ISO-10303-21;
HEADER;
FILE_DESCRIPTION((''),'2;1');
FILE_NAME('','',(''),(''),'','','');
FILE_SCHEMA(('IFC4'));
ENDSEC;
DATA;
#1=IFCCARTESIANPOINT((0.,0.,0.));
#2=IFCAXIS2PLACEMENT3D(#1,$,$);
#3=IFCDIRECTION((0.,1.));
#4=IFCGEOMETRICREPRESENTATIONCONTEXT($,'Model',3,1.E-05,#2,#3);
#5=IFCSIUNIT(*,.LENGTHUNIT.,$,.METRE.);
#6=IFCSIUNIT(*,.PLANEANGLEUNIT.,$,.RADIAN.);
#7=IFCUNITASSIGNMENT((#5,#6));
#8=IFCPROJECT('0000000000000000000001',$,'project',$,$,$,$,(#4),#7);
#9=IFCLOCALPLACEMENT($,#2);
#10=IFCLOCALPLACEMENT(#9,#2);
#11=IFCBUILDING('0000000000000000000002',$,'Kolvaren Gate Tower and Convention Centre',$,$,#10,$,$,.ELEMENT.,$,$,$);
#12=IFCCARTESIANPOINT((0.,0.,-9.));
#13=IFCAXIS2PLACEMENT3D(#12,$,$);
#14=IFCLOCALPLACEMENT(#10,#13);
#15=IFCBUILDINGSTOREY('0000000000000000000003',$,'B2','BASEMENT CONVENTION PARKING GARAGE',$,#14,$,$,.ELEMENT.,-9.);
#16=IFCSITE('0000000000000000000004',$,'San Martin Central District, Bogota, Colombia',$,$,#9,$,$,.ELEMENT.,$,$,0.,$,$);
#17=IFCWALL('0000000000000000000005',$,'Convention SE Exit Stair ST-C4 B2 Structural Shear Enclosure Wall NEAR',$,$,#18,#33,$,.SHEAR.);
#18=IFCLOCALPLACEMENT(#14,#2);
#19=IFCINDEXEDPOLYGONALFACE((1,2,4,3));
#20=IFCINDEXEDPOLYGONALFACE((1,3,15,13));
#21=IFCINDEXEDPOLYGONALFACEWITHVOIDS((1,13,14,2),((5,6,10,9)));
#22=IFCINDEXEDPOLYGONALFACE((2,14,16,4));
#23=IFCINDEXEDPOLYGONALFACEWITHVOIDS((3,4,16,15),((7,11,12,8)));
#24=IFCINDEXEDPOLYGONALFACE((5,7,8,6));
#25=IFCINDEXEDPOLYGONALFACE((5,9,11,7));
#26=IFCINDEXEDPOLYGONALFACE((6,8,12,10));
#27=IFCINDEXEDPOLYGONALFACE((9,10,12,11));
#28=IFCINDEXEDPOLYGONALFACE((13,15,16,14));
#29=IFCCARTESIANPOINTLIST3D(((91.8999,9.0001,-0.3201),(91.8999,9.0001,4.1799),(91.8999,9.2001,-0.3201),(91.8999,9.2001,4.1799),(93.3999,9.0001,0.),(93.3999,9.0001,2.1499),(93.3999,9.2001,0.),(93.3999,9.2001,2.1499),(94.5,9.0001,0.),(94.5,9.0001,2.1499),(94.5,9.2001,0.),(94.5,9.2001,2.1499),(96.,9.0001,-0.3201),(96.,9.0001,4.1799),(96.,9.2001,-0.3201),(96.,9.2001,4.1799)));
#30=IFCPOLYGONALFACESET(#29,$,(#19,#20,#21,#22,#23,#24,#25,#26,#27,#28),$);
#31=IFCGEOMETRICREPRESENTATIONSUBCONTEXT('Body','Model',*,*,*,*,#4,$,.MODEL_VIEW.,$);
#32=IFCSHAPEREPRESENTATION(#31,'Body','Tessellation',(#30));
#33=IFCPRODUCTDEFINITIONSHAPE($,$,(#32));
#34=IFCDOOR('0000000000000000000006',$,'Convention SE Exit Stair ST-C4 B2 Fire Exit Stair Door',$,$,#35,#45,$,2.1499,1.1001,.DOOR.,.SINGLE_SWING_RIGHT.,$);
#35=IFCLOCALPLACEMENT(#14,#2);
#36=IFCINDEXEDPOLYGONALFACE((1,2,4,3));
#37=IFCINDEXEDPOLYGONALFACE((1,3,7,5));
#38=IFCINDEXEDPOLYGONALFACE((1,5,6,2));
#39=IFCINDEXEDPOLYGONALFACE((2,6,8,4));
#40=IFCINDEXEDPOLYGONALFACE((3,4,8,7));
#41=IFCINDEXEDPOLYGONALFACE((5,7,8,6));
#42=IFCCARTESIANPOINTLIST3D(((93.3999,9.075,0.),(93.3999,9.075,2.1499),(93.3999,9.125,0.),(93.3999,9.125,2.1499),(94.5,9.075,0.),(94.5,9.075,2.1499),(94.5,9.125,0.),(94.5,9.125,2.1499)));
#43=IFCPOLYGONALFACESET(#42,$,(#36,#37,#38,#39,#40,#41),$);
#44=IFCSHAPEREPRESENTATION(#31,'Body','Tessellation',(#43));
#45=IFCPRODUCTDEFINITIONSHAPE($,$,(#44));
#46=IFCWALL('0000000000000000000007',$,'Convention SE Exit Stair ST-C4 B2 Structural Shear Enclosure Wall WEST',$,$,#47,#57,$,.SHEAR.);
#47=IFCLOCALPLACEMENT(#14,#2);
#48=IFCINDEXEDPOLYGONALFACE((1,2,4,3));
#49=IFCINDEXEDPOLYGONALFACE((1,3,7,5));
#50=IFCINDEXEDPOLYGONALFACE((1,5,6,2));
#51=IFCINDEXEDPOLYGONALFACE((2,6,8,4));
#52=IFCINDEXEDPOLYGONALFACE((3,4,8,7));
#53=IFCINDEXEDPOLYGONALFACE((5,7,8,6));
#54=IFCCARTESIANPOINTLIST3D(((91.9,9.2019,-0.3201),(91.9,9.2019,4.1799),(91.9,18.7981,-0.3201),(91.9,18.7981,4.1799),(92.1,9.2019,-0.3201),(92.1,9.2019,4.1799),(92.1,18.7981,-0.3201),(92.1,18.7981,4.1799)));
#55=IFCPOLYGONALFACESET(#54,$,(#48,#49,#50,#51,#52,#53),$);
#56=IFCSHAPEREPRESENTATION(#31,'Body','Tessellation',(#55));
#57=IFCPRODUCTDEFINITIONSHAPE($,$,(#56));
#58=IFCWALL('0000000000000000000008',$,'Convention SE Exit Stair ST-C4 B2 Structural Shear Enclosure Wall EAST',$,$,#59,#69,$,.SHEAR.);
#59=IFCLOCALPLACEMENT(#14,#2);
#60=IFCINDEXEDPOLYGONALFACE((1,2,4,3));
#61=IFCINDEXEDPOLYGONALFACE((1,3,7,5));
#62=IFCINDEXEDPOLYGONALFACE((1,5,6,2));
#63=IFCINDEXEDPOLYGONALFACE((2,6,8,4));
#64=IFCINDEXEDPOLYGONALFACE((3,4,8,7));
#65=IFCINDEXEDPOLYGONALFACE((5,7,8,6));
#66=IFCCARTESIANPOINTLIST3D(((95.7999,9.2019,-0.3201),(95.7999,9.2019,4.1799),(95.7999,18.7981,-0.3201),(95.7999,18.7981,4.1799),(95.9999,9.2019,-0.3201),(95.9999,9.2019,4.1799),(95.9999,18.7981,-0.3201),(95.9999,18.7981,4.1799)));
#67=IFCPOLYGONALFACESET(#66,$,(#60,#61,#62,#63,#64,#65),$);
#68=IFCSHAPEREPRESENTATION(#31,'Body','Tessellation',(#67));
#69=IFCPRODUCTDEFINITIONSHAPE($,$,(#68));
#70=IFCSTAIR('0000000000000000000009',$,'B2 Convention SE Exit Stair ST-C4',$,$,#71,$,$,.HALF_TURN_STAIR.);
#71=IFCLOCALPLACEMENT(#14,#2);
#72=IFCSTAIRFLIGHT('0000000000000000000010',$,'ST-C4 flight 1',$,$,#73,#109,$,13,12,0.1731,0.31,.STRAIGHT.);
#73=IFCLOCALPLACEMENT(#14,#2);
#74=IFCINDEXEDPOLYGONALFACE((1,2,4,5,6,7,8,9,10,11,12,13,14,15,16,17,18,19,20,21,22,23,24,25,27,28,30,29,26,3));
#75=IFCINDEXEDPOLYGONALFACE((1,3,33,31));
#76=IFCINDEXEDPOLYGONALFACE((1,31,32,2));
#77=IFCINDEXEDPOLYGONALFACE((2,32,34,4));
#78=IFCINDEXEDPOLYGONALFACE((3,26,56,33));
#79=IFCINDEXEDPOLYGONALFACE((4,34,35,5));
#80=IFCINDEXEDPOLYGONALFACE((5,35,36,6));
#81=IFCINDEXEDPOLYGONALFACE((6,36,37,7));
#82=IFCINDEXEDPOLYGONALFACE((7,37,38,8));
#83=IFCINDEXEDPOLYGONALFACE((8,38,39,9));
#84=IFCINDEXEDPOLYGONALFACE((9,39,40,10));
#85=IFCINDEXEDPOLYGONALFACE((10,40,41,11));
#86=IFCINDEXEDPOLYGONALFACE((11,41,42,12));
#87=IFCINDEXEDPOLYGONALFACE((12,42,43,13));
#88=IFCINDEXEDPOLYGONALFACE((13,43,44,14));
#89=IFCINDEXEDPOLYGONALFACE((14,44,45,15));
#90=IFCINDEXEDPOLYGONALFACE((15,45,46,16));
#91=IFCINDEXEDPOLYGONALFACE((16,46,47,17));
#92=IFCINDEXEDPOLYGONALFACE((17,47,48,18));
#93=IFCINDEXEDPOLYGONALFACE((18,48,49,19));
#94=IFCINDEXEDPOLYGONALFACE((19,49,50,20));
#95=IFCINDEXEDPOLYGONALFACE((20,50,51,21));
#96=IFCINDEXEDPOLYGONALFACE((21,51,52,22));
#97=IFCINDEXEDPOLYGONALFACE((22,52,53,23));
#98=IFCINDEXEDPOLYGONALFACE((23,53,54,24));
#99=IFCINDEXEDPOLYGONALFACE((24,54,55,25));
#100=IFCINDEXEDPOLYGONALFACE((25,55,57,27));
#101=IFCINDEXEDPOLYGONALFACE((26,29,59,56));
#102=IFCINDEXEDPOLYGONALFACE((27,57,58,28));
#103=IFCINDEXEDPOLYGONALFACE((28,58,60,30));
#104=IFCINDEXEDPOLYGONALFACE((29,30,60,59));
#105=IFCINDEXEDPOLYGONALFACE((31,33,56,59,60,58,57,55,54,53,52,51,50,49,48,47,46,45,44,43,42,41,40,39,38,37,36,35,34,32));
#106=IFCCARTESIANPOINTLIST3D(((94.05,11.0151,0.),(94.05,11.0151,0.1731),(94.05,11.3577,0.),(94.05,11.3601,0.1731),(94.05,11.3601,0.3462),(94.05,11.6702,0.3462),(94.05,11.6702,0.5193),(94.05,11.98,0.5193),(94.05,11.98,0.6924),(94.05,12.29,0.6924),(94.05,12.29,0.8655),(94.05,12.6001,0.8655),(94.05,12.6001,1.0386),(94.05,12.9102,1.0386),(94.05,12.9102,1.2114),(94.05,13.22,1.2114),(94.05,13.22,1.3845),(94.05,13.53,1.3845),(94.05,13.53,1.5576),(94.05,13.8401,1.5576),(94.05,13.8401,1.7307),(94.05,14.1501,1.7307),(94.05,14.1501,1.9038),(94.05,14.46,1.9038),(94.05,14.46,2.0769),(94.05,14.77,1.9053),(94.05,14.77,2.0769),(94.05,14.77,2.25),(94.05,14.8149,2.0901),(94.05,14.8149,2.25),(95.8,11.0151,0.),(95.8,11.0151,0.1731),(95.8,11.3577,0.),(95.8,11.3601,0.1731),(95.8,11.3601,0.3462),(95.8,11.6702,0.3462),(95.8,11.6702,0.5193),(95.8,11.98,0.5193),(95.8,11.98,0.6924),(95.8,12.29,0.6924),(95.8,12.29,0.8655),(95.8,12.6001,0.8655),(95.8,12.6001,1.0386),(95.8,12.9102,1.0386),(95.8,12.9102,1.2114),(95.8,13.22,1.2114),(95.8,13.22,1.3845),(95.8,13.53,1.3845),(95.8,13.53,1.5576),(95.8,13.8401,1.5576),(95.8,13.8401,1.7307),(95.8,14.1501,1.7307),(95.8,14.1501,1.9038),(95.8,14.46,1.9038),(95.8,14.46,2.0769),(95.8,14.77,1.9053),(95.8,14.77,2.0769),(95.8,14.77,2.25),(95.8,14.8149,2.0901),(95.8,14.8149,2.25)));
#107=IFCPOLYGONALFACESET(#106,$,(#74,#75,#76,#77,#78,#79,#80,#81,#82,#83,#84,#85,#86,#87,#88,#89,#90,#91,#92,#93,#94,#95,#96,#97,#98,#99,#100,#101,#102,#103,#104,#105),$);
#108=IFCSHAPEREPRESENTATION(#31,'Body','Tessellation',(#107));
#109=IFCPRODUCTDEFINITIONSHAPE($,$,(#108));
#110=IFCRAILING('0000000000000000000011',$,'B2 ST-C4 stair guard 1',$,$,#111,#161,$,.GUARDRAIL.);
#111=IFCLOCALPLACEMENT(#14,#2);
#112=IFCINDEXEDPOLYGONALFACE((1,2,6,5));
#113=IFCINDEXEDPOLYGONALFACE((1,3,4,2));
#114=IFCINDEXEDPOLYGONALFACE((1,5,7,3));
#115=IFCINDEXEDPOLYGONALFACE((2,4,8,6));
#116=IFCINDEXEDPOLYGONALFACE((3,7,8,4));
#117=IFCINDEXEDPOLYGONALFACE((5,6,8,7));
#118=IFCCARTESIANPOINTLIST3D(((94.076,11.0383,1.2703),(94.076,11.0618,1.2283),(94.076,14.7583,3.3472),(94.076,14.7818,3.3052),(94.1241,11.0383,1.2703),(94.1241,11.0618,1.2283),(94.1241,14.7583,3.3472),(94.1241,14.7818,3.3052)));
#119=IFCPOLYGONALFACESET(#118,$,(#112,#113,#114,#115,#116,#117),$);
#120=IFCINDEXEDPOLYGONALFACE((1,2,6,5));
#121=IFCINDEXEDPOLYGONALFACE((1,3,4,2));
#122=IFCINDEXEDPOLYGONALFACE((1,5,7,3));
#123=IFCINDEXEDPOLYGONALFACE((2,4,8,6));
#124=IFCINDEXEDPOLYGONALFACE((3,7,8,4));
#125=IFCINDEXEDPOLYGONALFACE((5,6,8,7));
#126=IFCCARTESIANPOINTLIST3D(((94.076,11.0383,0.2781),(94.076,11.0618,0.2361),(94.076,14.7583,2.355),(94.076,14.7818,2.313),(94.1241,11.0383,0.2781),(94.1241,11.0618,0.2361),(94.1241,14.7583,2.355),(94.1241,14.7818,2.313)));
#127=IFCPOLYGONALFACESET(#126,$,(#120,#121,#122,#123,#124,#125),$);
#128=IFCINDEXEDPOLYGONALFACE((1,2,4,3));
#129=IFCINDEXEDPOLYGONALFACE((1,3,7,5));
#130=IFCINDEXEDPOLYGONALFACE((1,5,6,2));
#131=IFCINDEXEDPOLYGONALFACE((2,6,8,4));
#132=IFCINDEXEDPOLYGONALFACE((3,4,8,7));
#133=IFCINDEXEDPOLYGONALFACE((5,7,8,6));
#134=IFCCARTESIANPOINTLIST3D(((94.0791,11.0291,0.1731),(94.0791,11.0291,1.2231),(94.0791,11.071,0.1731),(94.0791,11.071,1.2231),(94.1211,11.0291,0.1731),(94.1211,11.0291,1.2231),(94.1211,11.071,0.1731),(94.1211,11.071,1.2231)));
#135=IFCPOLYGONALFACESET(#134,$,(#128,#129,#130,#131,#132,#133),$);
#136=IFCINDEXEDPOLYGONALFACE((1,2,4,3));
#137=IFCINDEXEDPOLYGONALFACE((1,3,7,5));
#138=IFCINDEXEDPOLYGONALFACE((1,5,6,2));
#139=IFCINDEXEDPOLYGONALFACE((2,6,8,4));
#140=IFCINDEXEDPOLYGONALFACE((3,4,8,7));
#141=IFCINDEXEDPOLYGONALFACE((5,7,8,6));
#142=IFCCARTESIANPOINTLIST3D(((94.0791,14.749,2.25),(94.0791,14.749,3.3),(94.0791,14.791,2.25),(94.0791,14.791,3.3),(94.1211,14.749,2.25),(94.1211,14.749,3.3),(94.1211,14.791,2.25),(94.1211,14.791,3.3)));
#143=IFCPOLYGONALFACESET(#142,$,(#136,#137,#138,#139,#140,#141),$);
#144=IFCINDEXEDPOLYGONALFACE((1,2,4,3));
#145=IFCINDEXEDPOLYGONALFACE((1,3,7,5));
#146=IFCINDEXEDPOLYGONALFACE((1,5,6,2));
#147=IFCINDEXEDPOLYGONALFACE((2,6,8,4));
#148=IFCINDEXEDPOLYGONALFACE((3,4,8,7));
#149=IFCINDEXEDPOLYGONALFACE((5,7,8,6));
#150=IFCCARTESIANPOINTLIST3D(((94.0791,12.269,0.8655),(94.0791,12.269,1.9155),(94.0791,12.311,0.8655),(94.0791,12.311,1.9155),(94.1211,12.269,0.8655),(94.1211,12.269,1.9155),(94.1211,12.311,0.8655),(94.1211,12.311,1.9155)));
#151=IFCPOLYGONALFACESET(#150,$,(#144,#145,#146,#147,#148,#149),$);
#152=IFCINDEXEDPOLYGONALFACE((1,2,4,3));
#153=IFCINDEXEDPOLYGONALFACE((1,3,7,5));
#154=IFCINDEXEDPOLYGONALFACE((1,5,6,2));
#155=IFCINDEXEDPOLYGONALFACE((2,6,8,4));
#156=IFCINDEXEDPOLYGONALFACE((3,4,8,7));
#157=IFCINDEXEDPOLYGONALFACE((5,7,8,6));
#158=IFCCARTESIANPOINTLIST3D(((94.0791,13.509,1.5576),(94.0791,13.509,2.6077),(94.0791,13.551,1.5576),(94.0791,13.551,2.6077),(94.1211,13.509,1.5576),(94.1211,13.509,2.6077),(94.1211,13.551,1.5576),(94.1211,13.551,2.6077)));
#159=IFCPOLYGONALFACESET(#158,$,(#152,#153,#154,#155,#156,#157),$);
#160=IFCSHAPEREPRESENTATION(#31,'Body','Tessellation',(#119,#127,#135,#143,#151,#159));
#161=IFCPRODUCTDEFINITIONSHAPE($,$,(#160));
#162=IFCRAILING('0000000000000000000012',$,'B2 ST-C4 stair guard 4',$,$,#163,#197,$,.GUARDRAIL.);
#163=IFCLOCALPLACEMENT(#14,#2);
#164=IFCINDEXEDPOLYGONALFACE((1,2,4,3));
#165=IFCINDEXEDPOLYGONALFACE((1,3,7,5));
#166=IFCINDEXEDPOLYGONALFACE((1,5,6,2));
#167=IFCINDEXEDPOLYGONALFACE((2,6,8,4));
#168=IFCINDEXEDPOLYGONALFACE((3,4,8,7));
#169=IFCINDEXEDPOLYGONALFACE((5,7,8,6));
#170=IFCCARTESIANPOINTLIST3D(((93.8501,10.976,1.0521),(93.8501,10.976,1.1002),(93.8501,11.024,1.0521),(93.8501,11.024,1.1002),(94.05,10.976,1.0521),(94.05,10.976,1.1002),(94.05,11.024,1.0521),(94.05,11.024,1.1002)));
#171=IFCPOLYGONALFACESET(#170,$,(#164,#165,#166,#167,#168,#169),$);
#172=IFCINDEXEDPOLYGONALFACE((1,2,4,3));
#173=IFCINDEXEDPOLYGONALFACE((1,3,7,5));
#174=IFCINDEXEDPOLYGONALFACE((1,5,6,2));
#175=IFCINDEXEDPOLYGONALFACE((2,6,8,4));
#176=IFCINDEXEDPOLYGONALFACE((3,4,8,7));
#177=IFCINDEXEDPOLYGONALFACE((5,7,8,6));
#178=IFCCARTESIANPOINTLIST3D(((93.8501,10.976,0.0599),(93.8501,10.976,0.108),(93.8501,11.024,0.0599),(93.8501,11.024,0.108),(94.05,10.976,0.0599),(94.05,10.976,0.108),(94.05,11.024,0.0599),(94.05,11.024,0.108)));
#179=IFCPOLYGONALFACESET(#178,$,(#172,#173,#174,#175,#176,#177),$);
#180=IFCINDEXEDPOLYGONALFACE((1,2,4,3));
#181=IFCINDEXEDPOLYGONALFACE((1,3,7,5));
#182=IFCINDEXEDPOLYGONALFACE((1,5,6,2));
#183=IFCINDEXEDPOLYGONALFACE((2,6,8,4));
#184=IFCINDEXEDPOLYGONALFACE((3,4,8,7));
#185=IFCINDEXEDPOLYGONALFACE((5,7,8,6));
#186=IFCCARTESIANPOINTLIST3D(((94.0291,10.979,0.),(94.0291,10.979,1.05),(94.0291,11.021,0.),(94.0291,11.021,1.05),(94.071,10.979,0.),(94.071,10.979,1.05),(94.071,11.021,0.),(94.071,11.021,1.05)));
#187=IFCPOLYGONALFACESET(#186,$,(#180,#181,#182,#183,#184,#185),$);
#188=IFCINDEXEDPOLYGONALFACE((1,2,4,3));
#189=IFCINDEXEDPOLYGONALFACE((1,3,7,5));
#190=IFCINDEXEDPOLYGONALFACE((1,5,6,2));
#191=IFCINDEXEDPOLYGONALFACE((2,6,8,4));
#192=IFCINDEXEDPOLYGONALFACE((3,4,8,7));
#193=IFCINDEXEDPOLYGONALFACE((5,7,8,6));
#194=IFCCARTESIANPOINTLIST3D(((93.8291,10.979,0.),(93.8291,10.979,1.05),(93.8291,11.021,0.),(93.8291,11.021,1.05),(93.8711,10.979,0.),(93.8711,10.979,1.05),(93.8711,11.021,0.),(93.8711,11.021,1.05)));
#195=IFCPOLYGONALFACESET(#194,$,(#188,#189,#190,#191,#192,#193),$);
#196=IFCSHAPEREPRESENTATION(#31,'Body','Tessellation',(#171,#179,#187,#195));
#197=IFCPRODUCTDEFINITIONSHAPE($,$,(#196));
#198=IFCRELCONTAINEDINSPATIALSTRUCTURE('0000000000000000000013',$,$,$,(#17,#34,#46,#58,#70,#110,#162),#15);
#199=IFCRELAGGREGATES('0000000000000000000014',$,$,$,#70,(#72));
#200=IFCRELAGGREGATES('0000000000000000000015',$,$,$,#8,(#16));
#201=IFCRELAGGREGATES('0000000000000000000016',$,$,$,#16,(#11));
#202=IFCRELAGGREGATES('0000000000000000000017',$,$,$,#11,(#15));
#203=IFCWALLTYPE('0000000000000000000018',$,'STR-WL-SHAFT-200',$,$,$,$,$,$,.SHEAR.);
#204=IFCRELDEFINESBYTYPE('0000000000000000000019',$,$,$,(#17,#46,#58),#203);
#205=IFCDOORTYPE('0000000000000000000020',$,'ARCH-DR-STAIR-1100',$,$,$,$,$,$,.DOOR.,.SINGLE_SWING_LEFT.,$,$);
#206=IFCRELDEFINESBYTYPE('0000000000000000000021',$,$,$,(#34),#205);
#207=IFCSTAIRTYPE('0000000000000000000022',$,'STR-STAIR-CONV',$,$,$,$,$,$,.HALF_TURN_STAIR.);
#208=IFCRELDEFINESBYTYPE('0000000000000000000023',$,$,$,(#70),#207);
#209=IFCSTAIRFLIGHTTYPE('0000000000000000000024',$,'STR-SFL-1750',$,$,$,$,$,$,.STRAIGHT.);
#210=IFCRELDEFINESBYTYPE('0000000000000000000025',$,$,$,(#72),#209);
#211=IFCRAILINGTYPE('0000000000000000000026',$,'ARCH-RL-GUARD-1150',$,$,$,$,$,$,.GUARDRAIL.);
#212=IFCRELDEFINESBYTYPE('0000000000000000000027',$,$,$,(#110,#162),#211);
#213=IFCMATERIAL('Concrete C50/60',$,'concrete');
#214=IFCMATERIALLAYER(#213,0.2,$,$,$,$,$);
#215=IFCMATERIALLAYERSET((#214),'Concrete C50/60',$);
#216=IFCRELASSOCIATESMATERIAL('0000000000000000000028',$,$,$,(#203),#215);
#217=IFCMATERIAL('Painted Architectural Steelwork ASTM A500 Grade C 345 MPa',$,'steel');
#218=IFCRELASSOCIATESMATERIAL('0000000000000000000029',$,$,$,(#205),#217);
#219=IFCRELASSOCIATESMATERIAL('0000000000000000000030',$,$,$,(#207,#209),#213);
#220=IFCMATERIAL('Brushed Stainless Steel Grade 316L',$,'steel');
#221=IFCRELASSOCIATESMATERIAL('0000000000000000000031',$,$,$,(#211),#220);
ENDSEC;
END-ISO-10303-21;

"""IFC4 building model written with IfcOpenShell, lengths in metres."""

from ifc_helpers import new_model, si_unit, direction, frame, frame_2d, origin, origin_2d, place, context, subcontext, project, spatial, polyline, rectangle, outline, extrude, material, layer, layer_set, type_object, element, fill, aggregate, save


model = new_model("IFC4")

# Units and contexts
model_context = context("Model", 3, precision=1e-05, world=origin(), true_north=direction((0.0, 1.0)))
body_context = subcontext(model_context, "Body", "Model", "MODEL_VIEW")
ifc_project = project(units=[si_unit("LENGTHUNIT", "METRE"), si_unit("PLANEANGLEUNIT", "RADIAN")], contexts=[model_context])

# Site, building, storey
site_placement = place(None, origin())
site = spatial("IfcSite", under=ifc_project, at=site_placement, Name="San Martin Central District, Bogota, Colombia", CompositionType="ELEMENT", RefElevation=0.0)
building_placement = place(site_placement, origin())
building = spatial("IfcBuilding", under=site, at=building_placement, Name="Kolvaren Gate Tower and Convention Centre", CompositionType="ELEMENT")
storey_placement = place(building_placement, frame((0.0, 0.0, -9.0)))
storey = spatial("IfcBuildingStorey", under=building, at=storey_placement, Name="B2", Description="BASEMENT CONVENTION PARKING GARAGE", CompositionType="ELEMENT", Elevation=-9.0)

# Shared definitions
ifc_material_1 = material(Name="Concrete C50/60", Category="concrete")

# Wall, opening, door
ifc_layer_1 = layer(ifc_material_1, 0.2)
ifc_layer_set_1 = layer_set([ifc_layer_1], Name="Concrete C50/60")
wall_type_1 = type_object("IfcWallType", Name="STR-WL-SHAFT-200", PredefinedType="SHEAR", material=ifc_layer_set_1)
wall_1_placement = place(storey_placement, frame((91.8999, 9.1001, -0.3201), z_axis=(0.0, 0.0, 1.0), x_axis=(1.0, 0.0, 0.0)))
wall_1 = element("IfcWall", 1, at=wall_1_placement, inside=storey, type_object=wall_type_1, Name="Convention SE Exit Stair ST-C4 B2 Structural Shear Enclosure Wall NEAR", PredefinedType="SHEAR", context=body_context, shape_type="SweptSolid", body=[
    extrude(rectangle(XDim=4.1001, YDim=0.2, at=frame_2d((2.05, 0.0))), origin(), (0.0, 0.0, 1.0), 4.5),
])
opening_placement = place(wall_1_placement, frame((1.5, 0.0, 0.3201)))
opening = element("IfcOpeningElement", 2, at=opening_placement, cuts=wall_1, PredefinedType="OPENING", context=body_context, shape_type="SweptSolid", body=[
    extrude(rectangle(XDim=1.1001, YDim=2.1499, at=frame_2d((0.55, 1.075))), frame((0.0, 0.1099, 0.0), z_axis=(0.0, -1.0, 0.0), x_axis=(1.0, 0.0, 0.0)), (0.0, 0.0, 1.0), 0.22),
])
ifc_material_2 = material(Name="Painted Architectural Steelwork ASTM A500 Grade C 345 MPa", Category="steel")
door_type = type_object("IfcDoorType", Name="ARCH-DR-STAIR-1100", OperationType="SINGLE_SWING_LEFT", PredefinedType="DOOR", material=ifc_material_2)
door_placement = place(opening_placement, origin())
door = element("IfcDoor", 3, at=door_placement, inside=storey, type_object=door_type, Name="Convention SE Exit Stair ST-C4 B2 Fire Exit Stair Door", OperationType="SINGLE_SWING_RIGHT", OverallHeight=2.1499, OverallWidth=1.1001, PredefinedType="DOOR", context=body_context, shape_type="SweptSolid", body=[
    extrude(rectangle(XDim=1.1001, YDim=2.1499, at=frame_2d((0.55, 1.075))), frame((0.0, 0.0249, 0.0), z_axis=(0.0, -1.0, 0.0), x_axis=(1.0, 0.0, 0.0)), (0.0, 0.0, 1.0), 0.05),
])
fill(opening, door)

# Walls
for number, where, z_axis, x_axis, name in (
    (4, (92.0, 9.2019, -0.3201), (0.0, 0.0, 1.0), (0.0, 1.0, 0.0), "Convention SE Exit Stair ST-C4 B2 Structural Shear Enclosure Wall WEST"),
    (5, (95.8999, 9.2019, -0.3201), (0.0, 0.0, 1.0), (0.0, 1.0, 0.0), "Convention SE Exit Stair ST-C4 B2 Structural Shear Enclosure Wall EAST"),
):
    element("IfcWall", number, at=place(storey_placement, frame(where, z_axis=z_axis, x_axis=x_axis)), inside=storey, type_object=wall_type_1, Name=name, PredefinedType="SHEAR", context=body_context, shape_type="SweptSolid", body=[
        extrude(rectangle(XDim=9.5962, YDim=0.2, at=frame_2d((4.7981, 0.0))), origin(), (0.0, 0.0, 1.0), 4.5),
    ])

# Stair, stair flight
stair_type = type_object("IfcStairType", Name="STR-STAIR-CONV", PredefinedType="HALF_TURN_STAIR", material=ifc_material_1)
stair_placement = place(storey_placement, origin())
stair = element("IfcStair", 6, at=stair_placement, inside=storey, type_object=stair_type, Name="B2 Convention SE Exit Stair ST-C4", PredefinedType="HALF_TURN_STAIR")
stair_flight_type = type_object("IfcStairFlightType", Name="STR-SFL-1750", PredefinedType="STRAIGHT", material=ifc_material_1)
stair_flight_placement = place(storey_placement, frame((94.925, 11.05, 0.0), z_axis=(0.0, 0.0, 1.0), x_axis=(0.0, 1.0, 0.0)))
stair_flight = element("IfcStairFlight", 7, at=stair_flight_placement, type_object=stair_flight_type, Name="ST-C4 flight 1", NumberOfRisers=13, NumberOfTreads=12, PredefinedType="STRAIGHT", RiserHeight=0.1731, TreadLength=0.31, context=body_context, shape_type="SweptSolid", body=[
    extrude(outline(polyline([(-0.0349, 0.0), (-0.0349, 0.1731), (0.3101, 0.1731), (0.3101, 0.3462), (0.6201, 0.3462), (0.6201, 0.5193), (0.9299, 0.5193), (0.9299, 0.6924), (1.24, 0.6924), (1.24, 0.8655), (1.55, 0.8655), (1.55, 1.0386), (1.8601, 1.0386), (1.8601, 1.2114), (2.1699, 1.2114), (2.1699, 1.3845), (2.48, 1.3845), (2.48, 1.5576), (2.79, 1.5576), (2.79, 1.7307), (3.1001, 1.7307), (3.1001, 1.9038), (3.4099, 1.9038), (3.4099, 2.0769), (3.72, 2.0769), (3.72, 2.25), (3.7649, 2.25), (3.7649, 2.0901), (3.72, 1.9053), (0.3076, 0.0), (-0.0349, 0.0)])), frame((0.0, 0.875, 0.0), z_axis=(0.0, -1.0, 0.0), x_axis=(1.0, 0.0, 0.0)), (0.0, 0.0, 1.0), 1.75),
])
aggregate(stair, [stair_flight])

# Railings
ifc_material_3 = material(Name="Brushed Stainless Steel Grade 316L", Category="steel")
railing_type_1 = type_object("IfcRailingType", Name="ARCH-RL-GUARD-1150", PredefinedType="GUARDRAIL", material=ifc_material_3)
railing_1_placement = place(storey_placement, frame((94.1001, 11.05, 0.1731)))
element("IfcRailing", 8, at=railing_1_placement, inside=storey, type_object=railing_type_1, Name="B2 ST-C4 stair guard 1", PredefinedType="GUARDRAIL", context=body_context, shape_type="SweptSolid", body=[
    extrude(rectangle(XDim=0.0481, YDim=0.0481, at=origin_2d()), frame((0.0, 0.0, 1.0762), z_axis=(0.0, 0.873134, 0.487481), x_axis=(-1.0, 0.0, 0.0)), (0.0, 0.0, 1.0), 4.2605),
    extrude(rectangle(XDim=0.0481, YDim=0.0481, at=origin_2d()), frame((0.0, 0.0, 0.084), z_axis=(0.0, 0.873134, 0.487481), x_axis=(-1.0, 0.0, 0.0)), (0.0, 0.0, 1.0), 4.2605),
    extrude(rectangle(XDim=0.042, YDim=0.042, at=origin_2d()), origin(), (0.0, 0.0, 1.0), 1.05),
    extrude(rectangle(XDim=0.042, YDim=0.042, at=origin_2d()), frame((0.0, 3.72, 2.0769)), (0.0, 0.0, 1.0), 1.05),
    extrude(rectangle(XDim=0.042, YDim=0.042, at=origin_2d()), frame((0.0, 1.24, 0.6924)), (0.0, 0.0, 1.0), 1.05),
    extrude(rectangle(XDim=0.042, YDim=0.042, at=origin_2d()), frame((0.0, 2.48, 1.3845)), (0.0, 0.0, 1.0), 1.05),
])
railing_2_placement = place(storey_placement, frame((94.05, 11.0, 0.0)))
element("IfcRailing", 9, at=railing_2_placement, inside=storey, type_object=railing_type_1, Name="B2 ST-C4 stair guard 4", PredefinedType="GUARDRAIL", context=body_context, shape_type="SweptSolid", body=[
    extrude(rectangle(XDim=0.0481, YDim=0.0481, at=origin_2d()), frame((0.0, 0.0, 1.0762), z_axis=(-1.0, 0.0, 0.0), x_axis=(0.0, -1.0, 0.0)), (0.0, 0.0, 1.0), 0.2),
    extrude(rectangle(XDim=0.0481, YDim=0.0481, at=origin_2d()), frame((0.0, 0.0, 0.084), z_axis=(-1.0, 0.0, 0.0), x_axis=(0.0, -1.0, 0.0)), (0.0, 0.0, 1.0), 0.2),
    extrude(rectangle(XDim=0.042, YDim=0.042, at=origin_2d()), origin(), (0.0, 0.0, 1.0), 1.05),
    extrude(rectangle(XDim=0.042, YDim=0.042, at=origin_2d()), frame((-0.2, 0.0, 0.0)), (0.0, 0.0, 1.0), 1.05),
])

save(model, "model.ifc")
